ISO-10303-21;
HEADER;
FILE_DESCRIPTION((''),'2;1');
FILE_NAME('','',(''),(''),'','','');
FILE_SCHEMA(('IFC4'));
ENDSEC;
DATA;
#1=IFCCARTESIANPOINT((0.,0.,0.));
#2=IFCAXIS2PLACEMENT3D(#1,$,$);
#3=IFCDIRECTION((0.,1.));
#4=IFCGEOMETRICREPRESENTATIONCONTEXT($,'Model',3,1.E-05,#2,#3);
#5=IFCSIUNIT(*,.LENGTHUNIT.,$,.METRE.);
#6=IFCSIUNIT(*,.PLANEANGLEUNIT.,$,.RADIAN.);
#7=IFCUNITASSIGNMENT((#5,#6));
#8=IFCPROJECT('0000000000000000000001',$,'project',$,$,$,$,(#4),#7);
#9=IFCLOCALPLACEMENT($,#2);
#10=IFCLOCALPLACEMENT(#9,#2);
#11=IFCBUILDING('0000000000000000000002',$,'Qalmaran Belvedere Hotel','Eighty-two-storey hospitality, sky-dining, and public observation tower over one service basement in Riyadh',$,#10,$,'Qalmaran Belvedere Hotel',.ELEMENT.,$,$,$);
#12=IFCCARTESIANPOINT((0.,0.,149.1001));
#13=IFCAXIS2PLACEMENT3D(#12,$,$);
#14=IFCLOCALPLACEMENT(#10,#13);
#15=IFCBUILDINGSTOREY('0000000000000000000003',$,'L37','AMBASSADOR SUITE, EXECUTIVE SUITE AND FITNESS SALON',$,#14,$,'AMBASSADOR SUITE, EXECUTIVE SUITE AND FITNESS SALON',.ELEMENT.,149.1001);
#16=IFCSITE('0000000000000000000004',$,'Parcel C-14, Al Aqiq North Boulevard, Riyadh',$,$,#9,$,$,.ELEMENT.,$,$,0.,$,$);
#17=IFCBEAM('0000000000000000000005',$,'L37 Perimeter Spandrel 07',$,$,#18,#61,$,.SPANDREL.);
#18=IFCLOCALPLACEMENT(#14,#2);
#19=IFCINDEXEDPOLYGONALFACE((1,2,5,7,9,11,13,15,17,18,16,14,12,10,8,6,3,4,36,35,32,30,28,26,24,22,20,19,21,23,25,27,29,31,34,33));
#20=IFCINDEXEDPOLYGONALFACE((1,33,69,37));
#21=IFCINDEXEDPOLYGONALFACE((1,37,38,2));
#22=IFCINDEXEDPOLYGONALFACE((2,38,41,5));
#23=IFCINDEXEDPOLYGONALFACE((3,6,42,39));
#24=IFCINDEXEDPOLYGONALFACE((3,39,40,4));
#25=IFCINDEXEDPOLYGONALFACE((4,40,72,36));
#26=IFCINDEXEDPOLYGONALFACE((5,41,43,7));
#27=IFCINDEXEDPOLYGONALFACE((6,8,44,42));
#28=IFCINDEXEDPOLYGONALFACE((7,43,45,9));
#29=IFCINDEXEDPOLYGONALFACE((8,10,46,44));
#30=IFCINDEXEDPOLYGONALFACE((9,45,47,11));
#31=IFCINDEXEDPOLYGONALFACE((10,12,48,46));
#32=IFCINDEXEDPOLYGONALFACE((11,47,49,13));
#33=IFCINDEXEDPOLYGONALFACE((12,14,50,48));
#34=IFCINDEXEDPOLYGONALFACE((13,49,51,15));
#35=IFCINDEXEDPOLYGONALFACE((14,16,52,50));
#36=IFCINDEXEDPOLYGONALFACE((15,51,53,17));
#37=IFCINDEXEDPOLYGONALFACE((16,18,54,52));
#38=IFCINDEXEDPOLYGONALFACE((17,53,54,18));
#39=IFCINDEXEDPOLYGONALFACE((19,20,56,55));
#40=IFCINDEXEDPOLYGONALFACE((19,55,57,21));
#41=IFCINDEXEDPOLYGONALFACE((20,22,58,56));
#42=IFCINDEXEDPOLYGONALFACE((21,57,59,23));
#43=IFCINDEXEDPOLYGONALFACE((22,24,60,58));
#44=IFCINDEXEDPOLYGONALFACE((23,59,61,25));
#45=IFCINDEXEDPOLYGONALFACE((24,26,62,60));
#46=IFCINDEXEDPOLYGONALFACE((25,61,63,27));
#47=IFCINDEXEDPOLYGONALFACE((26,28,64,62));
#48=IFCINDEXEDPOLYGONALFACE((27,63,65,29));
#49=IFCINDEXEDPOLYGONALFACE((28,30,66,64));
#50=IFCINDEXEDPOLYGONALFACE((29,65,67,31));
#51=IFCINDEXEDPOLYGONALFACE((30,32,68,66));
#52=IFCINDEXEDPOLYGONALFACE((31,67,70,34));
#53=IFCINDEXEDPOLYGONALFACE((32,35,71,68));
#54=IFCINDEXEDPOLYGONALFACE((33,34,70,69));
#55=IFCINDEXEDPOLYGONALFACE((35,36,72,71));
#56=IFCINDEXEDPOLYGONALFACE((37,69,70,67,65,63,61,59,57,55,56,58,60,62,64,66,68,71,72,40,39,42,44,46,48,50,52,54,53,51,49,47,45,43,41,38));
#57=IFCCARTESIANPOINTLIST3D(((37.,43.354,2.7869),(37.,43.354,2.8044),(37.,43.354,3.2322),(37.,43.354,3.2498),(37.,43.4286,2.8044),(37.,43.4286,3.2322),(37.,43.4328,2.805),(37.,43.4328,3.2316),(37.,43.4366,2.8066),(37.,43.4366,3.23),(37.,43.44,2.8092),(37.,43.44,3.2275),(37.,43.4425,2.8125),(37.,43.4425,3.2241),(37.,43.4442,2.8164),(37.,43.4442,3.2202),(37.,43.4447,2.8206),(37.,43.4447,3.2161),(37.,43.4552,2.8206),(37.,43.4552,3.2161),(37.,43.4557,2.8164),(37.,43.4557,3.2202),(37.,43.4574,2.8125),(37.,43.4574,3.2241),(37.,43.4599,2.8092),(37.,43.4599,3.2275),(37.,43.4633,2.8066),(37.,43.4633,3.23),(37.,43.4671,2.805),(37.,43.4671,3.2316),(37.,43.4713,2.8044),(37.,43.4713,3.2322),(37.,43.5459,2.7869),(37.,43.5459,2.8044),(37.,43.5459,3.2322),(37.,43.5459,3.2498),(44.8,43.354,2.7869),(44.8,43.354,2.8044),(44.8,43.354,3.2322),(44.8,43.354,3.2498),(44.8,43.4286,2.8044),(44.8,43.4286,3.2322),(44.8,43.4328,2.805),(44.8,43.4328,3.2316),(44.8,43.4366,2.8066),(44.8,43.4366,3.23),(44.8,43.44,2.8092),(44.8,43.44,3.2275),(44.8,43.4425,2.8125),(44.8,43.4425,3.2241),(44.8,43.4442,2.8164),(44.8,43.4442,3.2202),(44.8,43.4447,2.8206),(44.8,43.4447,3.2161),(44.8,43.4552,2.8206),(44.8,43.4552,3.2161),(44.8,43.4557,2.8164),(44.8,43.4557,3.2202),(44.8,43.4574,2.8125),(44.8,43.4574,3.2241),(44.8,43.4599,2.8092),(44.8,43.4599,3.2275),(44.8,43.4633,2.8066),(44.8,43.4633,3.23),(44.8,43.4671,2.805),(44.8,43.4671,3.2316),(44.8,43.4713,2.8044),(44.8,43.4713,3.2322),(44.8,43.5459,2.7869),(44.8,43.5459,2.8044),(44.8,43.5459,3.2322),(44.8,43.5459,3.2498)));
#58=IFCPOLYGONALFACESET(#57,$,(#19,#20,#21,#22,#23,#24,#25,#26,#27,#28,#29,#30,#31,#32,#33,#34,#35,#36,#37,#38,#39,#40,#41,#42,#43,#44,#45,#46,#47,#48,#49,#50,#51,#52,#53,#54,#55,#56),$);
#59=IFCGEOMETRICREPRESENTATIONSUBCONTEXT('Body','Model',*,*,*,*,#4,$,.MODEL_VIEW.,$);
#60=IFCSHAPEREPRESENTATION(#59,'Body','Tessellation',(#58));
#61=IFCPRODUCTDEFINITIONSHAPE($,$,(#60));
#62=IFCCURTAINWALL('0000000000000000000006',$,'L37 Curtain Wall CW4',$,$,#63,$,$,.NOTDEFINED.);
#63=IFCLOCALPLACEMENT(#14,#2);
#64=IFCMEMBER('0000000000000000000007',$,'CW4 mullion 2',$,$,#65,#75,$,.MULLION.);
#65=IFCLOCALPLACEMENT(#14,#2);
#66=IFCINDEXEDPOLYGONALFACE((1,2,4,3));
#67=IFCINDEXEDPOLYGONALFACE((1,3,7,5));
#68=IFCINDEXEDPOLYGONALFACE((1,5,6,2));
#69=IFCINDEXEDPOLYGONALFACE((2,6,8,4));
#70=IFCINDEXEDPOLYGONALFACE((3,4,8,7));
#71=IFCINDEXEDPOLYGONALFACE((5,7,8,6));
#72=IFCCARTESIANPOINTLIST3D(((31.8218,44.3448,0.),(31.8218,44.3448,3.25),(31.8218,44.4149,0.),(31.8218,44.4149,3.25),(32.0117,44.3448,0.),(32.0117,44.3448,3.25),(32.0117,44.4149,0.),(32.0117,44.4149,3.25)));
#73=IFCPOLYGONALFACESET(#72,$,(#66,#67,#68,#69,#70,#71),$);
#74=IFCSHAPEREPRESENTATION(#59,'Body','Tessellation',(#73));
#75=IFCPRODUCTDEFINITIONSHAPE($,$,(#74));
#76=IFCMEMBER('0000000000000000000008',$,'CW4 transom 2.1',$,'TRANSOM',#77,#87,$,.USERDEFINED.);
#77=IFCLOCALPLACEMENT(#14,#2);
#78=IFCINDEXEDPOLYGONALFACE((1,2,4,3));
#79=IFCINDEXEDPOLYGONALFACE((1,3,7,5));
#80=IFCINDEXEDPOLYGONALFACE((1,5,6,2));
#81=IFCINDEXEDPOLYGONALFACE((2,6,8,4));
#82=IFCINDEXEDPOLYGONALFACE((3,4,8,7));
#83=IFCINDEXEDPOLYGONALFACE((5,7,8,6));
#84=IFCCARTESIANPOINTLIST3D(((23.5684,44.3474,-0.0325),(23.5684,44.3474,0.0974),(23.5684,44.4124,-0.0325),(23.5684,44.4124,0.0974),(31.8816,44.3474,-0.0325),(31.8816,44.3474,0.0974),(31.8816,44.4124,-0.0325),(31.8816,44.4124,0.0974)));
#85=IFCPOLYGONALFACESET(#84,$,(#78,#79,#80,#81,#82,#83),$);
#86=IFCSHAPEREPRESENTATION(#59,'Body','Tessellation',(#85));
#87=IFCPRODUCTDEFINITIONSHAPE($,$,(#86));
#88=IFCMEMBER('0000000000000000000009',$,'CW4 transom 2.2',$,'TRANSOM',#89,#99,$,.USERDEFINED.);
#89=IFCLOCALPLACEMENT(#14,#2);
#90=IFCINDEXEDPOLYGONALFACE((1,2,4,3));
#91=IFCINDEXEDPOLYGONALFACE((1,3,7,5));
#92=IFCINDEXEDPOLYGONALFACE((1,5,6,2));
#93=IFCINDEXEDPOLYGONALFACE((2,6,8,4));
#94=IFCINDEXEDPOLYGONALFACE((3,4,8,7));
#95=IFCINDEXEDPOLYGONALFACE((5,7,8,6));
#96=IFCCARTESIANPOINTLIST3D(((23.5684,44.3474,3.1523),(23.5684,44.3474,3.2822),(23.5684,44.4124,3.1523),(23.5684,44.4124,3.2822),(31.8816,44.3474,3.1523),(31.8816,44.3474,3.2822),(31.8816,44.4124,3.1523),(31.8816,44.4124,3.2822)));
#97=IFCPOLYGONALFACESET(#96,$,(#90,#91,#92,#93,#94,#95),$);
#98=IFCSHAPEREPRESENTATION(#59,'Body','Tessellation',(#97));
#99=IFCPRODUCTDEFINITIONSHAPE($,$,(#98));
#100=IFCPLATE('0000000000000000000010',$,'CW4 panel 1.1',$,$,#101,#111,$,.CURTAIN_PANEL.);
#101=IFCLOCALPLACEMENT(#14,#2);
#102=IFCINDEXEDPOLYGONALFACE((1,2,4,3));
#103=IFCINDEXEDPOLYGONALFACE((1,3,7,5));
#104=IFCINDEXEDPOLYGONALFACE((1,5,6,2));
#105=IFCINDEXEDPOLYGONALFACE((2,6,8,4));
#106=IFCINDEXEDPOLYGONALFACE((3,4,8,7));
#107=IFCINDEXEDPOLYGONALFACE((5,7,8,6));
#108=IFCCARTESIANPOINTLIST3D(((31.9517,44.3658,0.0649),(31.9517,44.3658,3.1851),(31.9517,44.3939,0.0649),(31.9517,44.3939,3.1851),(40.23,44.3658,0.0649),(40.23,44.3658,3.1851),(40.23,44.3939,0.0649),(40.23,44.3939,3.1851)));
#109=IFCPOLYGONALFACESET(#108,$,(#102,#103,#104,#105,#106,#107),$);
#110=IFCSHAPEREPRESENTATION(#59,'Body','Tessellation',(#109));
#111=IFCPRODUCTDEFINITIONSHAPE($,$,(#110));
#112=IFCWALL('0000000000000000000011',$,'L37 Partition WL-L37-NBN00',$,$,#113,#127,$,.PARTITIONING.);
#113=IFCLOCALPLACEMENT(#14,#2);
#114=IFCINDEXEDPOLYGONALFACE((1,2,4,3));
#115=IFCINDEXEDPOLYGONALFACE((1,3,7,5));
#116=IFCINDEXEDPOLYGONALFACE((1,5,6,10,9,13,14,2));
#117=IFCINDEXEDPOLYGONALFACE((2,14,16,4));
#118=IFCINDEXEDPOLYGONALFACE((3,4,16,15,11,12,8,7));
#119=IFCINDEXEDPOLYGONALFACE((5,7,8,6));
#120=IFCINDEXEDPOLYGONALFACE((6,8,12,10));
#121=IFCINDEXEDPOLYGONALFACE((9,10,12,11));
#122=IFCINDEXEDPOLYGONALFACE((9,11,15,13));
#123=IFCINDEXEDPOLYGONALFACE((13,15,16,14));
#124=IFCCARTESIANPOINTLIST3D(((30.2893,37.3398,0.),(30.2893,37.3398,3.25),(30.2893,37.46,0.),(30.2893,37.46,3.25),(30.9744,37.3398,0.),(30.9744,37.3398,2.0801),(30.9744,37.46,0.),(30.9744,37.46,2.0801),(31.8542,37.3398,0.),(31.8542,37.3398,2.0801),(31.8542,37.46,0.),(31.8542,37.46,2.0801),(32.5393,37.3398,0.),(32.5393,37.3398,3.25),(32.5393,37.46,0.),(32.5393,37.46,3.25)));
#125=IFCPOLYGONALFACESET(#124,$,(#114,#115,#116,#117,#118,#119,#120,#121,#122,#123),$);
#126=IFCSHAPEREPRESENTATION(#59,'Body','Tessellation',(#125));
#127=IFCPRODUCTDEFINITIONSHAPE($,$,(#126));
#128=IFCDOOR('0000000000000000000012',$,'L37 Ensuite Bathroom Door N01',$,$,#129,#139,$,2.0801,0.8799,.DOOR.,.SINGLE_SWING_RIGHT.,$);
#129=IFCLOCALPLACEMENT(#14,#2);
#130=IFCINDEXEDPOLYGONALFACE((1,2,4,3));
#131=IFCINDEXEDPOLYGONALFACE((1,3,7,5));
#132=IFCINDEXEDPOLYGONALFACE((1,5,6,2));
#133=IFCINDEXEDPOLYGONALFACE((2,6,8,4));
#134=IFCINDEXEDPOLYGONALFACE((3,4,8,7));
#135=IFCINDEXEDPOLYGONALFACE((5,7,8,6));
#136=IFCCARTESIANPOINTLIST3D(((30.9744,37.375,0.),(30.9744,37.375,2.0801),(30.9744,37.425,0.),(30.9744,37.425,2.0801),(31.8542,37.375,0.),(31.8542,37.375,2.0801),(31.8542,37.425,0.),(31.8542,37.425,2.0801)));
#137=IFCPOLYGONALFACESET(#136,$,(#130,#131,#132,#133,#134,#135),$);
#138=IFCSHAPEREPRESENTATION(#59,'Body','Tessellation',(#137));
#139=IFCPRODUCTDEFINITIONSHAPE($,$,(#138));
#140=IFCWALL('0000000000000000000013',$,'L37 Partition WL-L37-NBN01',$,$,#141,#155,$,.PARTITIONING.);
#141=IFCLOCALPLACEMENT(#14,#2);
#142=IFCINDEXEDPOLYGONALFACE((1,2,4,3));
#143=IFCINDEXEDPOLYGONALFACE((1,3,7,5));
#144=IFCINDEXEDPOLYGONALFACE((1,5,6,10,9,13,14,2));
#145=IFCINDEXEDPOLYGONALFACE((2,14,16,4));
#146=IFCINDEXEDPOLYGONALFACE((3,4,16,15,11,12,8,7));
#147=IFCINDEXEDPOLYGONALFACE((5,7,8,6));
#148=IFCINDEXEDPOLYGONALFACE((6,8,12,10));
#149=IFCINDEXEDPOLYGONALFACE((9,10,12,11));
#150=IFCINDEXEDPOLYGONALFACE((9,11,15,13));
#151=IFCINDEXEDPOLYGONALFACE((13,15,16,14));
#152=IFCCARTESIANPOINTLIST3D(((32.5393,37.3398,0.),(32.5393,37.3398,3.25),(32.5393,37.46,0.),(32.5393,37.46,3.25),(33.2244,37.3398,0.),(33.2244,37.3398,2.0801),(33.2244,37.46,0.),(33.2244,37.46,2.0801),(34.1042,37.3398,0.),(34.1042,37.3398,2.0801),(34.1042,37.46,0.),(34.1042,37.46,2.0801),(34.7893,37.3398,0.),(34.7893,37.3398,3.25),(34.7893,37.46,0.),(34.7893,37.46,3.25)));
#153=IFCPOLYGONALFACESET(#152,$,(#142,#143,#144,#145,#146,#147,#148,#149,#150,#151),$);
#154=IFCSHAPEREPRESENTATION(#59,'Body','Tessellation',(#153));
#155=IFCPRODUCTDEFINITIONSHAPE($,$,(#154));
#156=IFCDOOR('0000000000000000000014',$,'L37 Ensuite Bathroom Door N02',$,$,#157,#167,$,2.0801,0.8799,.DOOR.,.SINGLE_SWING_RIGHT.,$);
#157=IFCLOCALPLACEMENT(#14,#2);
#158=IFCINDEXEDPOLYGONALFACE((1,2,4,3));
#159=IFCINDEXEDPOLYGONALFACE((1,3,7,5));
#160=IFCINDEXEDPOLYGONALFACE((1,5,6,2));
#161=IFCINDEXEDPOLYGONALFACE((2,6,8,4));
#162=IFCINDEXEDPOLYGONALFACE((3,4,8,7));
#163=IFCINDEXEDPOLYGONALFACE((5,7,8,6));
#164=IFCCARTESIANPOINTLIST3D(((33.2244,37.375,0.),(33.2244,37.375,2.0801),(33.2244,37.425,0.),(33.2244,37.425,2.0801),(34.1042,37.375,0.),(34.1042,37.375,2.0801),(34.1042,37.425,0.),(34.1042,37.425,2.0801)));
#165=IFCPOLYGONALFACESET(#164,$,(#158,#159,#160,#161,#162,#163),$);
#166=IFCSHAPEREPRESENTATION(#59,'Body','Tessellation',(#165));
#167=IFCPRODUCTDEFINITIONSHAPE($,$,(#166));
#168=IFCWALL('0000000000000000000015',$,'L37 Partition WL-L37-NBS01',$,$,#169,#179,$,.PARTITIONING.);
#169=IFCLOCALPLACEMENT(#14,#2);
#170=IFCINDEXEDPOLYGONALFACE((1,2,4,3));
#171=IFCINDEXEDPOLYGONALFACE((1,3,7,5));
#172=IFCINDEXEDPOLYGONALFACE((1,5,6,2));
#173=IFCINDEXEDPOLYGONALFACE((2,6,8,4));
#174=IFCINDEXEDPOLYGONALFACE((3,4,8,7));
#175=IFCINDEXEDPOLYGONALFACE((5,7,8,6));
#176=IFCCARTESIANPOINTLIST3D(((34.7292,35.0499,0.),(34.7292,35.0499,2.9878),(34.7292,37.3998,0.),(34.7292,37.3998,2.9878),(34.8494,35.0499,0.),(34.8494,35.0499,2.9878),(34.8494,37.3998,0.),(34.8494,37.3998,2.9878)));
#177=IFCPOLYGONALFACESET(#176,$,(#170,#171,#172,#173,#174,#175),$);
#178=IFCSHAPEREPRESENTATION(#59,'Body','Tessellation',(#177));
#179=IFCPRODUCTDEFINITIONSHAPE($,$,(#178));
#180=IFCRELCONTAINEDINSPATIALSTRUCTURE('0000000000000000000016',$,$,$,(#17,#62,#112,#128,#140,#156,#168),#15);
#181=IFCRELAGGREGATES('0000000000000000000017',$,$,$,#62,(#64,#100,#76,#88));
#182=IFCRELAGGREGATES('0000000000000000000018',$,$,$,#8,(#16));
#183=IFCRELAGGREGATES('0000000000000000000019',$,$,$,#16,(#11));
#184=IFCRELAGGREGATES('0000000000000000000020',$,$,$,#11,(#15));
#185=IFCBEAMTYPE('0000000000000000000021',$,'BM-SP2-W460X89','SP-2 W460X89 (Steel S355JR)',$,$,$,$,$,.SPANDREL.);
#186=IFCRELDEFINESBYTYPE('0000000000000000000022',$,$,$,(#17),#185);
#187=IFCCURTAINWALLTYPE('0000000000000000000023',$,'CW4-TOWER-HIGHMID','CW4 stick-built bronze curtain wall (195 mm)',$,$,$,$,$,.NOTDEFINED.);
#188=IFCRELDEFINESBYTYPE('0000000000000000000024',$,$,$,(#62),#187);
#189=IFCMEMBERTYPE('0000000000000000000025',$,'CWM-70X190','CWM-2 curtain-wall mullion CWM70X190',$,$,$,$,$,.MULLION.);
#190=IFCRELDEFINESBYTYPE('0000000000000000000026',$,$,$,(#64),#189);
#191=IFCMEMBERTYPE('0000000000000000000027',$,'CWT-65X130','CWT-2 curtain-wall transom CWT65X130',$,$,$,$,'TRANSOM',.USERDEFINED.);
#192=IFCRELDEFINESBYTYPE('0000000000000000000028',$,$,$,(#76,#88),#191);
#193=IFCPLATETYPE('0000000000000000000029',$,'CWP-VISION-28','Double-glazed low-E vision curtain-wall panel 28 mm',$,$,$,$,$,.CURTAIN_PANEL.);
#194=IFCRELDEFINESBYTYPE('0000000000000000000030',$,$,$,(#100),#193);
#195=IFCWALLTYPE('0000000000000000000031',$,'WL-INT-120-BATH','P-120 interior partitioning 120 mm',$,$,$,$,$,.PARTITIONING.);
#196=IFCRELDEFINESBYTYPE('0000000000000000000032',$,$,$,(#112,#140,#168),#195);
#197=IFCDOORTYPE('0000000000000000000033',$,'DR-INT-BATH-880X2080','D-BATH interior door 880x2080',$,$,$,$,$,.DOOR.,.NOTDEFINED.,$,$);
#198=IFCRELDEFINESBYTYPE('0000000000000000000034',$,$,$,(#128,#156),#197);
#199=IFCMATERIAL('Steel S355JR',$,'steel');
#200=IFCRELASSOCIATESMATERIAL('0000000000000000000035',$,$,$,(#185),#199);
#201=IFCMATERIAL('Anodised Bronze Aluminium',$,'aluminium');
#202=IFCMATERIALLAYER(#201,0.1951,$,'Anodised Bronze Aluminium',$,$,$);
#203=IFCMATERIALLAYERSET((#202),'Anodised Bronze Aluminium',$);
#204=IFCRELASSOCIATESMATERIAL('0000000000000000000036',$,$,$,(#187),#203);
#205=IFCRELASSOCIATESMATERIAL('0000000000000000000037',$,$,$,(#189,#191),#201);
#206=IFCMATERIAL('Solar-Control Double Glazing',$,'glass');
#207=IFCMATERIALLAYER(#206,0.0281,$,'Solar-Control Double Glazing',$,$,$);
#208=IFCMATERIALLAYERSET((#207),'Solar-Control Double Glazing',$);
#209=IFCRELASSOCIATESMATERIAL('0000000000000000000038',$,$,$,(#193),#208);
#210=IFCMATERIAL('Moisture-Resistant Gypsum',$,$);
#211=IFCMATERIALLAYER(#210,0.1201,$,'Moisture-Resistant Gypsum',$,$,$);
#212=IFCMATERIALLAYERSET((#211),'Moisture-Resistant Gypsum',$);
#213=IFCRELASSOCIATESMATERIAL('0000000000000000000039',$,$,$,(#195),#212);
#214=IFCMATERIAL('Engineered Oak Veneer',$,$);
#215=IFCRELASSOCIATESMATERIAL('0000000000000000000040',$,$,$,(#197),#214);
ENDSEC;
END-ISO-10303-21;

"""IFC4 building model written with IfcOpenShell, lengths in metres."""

from ifc_helpers import new_model, si_unit, direction, frame, frame_2d, origin, origin_2d, place, context, subcontext, project, spatial, rectangle, i_section, extrude, material, layer, layer_set, material_profile, profile_set, type_object, element, fill, aggregate, save


model = new_model("IFC4")

# Units and contexts
model_context = context("Model", 3, precision=1e-05, world=origin(), true_north=direction((0.0, 1.0)))
body_context = subcontext(model_context, "Body", "Model", "MODEL_VIEW")
ifc_project = project(units=[si_unit("LENGTHUNIT", "METRE"), si_unit("PLANEANGLEUNIT", "RADIAN")], contexts=[model_context])

# Site, building, storey
site_placement = place(None, origin())
site = spatial("IfcSite", under=ifc_project, at=site_placement, Name="Parcel C-14, Al Aqiq North Boulevard, Riyadh", CompositionType="ELEMENT", RefElevation=0.0)
building_placement = place(site_placement, origin())
building = spatial("IfcBuilding", under=site, at=building_placement, Name="Qalmaran Belvedere Hotel", Description="Eighty-two-storey hospitality, sky-dining, and public observation tower over one service basement in Riyadh", LongName="Qalmaran Belvedere Hotel", CompositionType="ELEMENT")
storey_placement = place(building_placement, frame((0.0, 0.0, 149.1001)))
storey = spatial("IfcBuildingStorey", under=building, at=storey_placement, Name="L37", Description="AMBASSADOR SUITE, EXECUTIVE SUITE AND FITNESS SALON", LongName="AMBASSADOR SUITE, EXECUTIVE SUITE AND FITNESS SALON", CompositionType="ELEMENT", Elevation=149.1001)

# Beam
ifc_material_1 = material(Name="Steel S355JR", Category="steel")
ifc_material_profile_1 = material_profile(ifc_material_1, i_section(OverallWidth=0.1919, OverallDepth=0.4629, WebThickness=0.0105, FlangeThickness=0.0176, FilletRadius=0.0161, at=origin_2d()), Name="W460X89")
ifc_profile_set_1 = profile_set([ifc_material_profile_1], Name="Steel S355JR")
beam_type_1 = type_object("IfcBeamType", Name="BM-SP2-W460X89", Description="SP-2 W460X89 (Steel S355JR)", PredefinedType="SPANDREL", material=ifc_profile_set_1)
beam_placement = place(storey_placement, frame((37.0, 43.45, 3.0183), z_axis=(1.0, 0.0, 0.0), x_axis=(0.0, 1.0, 0.0)))
element("IfcBeam", 1, at=beam_placement, inside=storey, type_object=beam_type_1, Name="L37 Perimeter Spandrel 07", PredefinedType="SPANDREL", context=body_context, shape_type="SweptSolid", body=[
    extrude(i_section(OverallWidth=0.1919, OverallDepth=0.4629, WebThickness=0.0105, FlangeThickness=0.0176, FilletRadius=0.0161, at=origin_2d()), origin(), (0.0, 0.0, 1.0), 7.8),
])

# Curtain wall, members, plate
ifc_material_2 = material(Name="Anodised Bronze Aluminium", Category="aluminium")
ifc_layer_1 = layer(ifc_material_2, 0.1951, Name="Anodised Bronze Aluminium")
ifc_layer_set_1 = layer_set([ifc_layer_1], Name="Anodised Bronze Aluminium")
curtain_wall_type = type_object("IfcCurtainWallType", Name="CW4-TOWER-HIGHMID", Description="CW4 stick-built bronze curtain wall (195 mm)", PredefinedType="NOTDEFINED", material=ifc_layer_set_1)
curtain_wall_placement = place(storey_placement, origin())
curtain_wall = element("IfcCurtainWall", 2, at=curtain_wall_placement, inside=storey, type_object=curtain_wall_type, Name="L37 Curtain Wall CW4", PredefinedType="NOTDEFINED")
ifc_material_profile_2 = material_profile(ifc_material_2, rectangle(XDim=0.0701, YDim=0.1899, at=origin_2d()), Name="CWM70X190")
ifc_profile_set_2 = profile_set([ifc_material_profile_2], Name="Anodised Bronze Aluminium")
member_type_1 = type_object("IfcMemberType", Name="CWM-70X190", Description="CWM-2 curtain-wall mullion CWM70X190", PredefinedType="MULLION", material=ifc_profile_set_2)
member_1_placement = place(storey_placement, frame((31.9167, 44.3799, 0.0), z_axis=(0.0, 0.0, 1.0), x_axis=(0.0, -1.0, 0.0)))
member_1 = element("IfcMember", 3, at=member_1_placement, type_object=member_type_1, Name="CW4 mullion 2", PredefinedType="MULLION", context=body_context, shape_type="SweptSolid", body=[
    extrude(rectangle(XDim=0.0701, YDim=0.1899, at=origin_2d()), origin(), (0.0, 0.0, 1.0), 3.25),
])
ifc_material_profile_3 = material_profile(ifc_material_2, rectangle(XDim=0.0649, YDim=0.1299, at=origin_2d()), Name="CWT65X130")
ifc_profile_set_3 = profile_set([ifc_material_profile_3], Name="Anodised Bronze Aluminium")
member_type_2 = type_object("IfcMemberType", Name="CWT-65X130", Description="CWT-2 curtain-wall transom CWT65X130", ElementType="TRANSOM", PredefinedType="USERDEFINED", material=ifc_profile_set_3)
member_2_placement = place(storey_placement, frame((31.8816, 44.3799, 0.0325), z_axis=(-1.0, 0.0, 0.0), x_axis=(0.0, -1.0, 0.0)))
member_2 = element("IfcMember", 4, at=member_2_placement, type_object=member_type_2, Name="CW4 transom 2.1", ObjectType="TRANSOM", PredefinedType="USERDEFINED", context=body_context, shape_type="SweptSolid", body=[
    extrude(rectangle(XDim=0.0649, YDim=0.1299, at=origin_2d()), origin(), (0.0, 0.0, 1.0), 8.3132),
])
member_3_placement = place(storey_placement, frame((31.8816, 44.3799, 3.2173), z_axis=(-1.0, 0.0, 0.0), x_axis=(0.0, -1.0, 0.0)))
member_3 = element("IfcMember", 5, at=member_3_placement, type_object=member_type_2, Name="CW4 transom 2.2", ObjectType="TRANSOM", PredefinedType="USERDEFINED", context=body_context, shape_type="SweptSolid", body=[
    extrude(rectangle(XDim=0.0649, YDim=0.1299, at=origin_2d()), origin(), (0.0, 0.0, 1.0), 8.3132),
])
ifc_material_3 = material(Name="Solar-Control Double Glazing", Category="glass")
ifc_layer_2 = layer(ifc_material_3, 0.0281, Name="Solar-Control Double Glazing")
ifc_layer_set_2 = layer_set([ifc_layer_2], Name="Solar-Control Double Glazing")
plate_type = type_object("IfcPlateType", Name="CWP-VISION-28", Description="Double-glazed low-E vision curtain-wall panel 28 mm", PredefinedType="CURTAIN_PANEL", material=ifc_layer_set_2)
plate_placement = place(storey_placement, frame((36.0908, 44.3799, 0.0649), z_axis=(0.0, 0.0, 1.0), x_axis=(-1.0, 0.0, 0.0)))
plate = element("IfcPlate", 6, at=plate_placement, type_object=plate_type, Name="CW4 panel 1.1", PredefinedType="CURTAIN_PANEL", context=body_context, shape_type="SweptSolid", body=[
    extrude(rectangle(XDim=8.2783, YDim=0.0281, at=origin_2d()), origin(), (0.0, 0.0, 1.0), 3.1201),
])
aggregate(curtain_wall, [member_1, plate, member_2, member_3])

# Walls, openings, doors
ifc_material_4 = material(Name="Moisture-Resistant Gypsum")
ifc_layer_3 = layer(ifc_material_4, 0.1201, Name="Moisture-Resistant Gypsum")
ifc_layer_set_3 = layer_set([ifc_layer_3], Name="Moisture-Resistant Gypsum")
wall_type_1 = type_object("IfcWallType", Name="WL-INT-120-BATH", Description="P-120 interior partitioning 120 mm", PredefinedType="PARTITIONING", material=ifc_layer_set_3)
wall_1_placement = place(storey_placement, frame((30.2893, 37.3999, 0.0), z_axis=(0.0, 0.0, 1.0), x_axis=(1.0, 0.0, 0.0)))
wall_1 = element("IfcWall", 7, at=wall_1_placement, inside=storey, type_object=wall_type_1, Name="L37 Partition WL-L37-NBN00", PredefinedType="PARTITIONING", context=body_context, shape_type="SweptSolid", body=[
    extrude(rectangle(XDim=2.25, YDim=0.1201, at=frame_2d((1.125, 0.0))), origin(), (0.0, 0.0, 1.0), 3.25),
])
opening_1_placement = place(wall_1_placement, frame((1.5649, 0.0, 0.0), z_axis=(0.0, 0.0, 1.0), x_axis=(-1.0, 0.0, 0.0)))
opening_1 = element("IfcOpeningElement", 8, at=opening_1_placement, cuts=wall_1, PredefinedType="OPENING", context=body_context, shape_type="SweptSolid", body=[
    extrude(rectangle(XDim=0.8799, YDim=2.0801, at=frame_2d((0.4399, 1.04))), frame((0.0, 0.0701, 0.0), z_axis=(0.0, -1.0, 0.0), x_axis=(1.0, 0.0, 0.0)), (0.0, 0.0, 1.0), 0.1401),
])
ifc_material_5 = material(Name="Engineered Oak Veneer")
door_type_1 = type_object("IfcDoorType", Name="DR-INT-BATH-880X2080", Description="D-BATH interior door 880x2080", OperationType="NOTDEFINED", PredefinedType="DOOR", material=ifc_material_5)
door_1_placement = place(opening_1_placement, origin())
door_1 = element("IfcDoor", 9, at=door_1_placement, inside=storey, type_object=door_type_1, Name="L37 Ensuite Bathroom Door N01", OperationType="SINGLE_SWING_RIGHT", OverallHeight=2.0801, OverallWidth=0.8799, PredefinedType="DOOR", context=body_context, shape_type="SweptSolid", body=[
    extrude(rectangle(XDim=0.8799, YDim=2.0801, at=frame_2d((0.4399, 1.04))), frame((0.0, 0.0249, 0.0), z_axis=(0.0, -1.0, 0.0), x_axis=(1.0, 0.0, 0.0)), (0.0, 0.0, 1.0), 0.05),
])
fill(opening_1, door_1)
wall_2_placement = place(storey_placement, frame((32.5393, 37.3999, 0.0), z_axis=(0.0, 0.0, 1.0), x_axis=(1.0, 0.0, 0.0)))
wall_2 = element("IfcWall", 10, at=wall_2_placement, inside=storey, type_object=wall_type_1, Name="L37 Partition WL-L37-NBN01", PredefinedType="PARTITIONING", context=body_context, shape_type="SweptSolid", body=[
    extrude(rectangle(XDim=2.25, YDim=0.1201, at=frame_2d((1.125, 0.0))), origin(), (0.0, 0.0, 1.0), 3.25),
])
opening_2_placement = place(wall_2_placement, frame((1.5649, 0.0, 0.0), z_axis=(0.0, 0.0, 1.0), x_axis=(-1.0, 0.0, 0.0)))
opening_2 = element("IfcOpeningElement", 11, at=opening_2_placement, cuts=wall_2, PredefinedType="OPENING", context=body_context, shape_type="SweptSolid", body=[
    extrude(rectangle(XDim=0.8799, YDim=2.0801, at=frame_2d((0.4399, 1.04))), frame((0.0, 0.0701, 0.0), z_axis=(0.0, -1.0, 0.0), x_axis=(1.0, 0.0, 0.0)), (0.0, 0.0, 1.0), 0.1401),
])
door_2_placement = place(opening_2_placement, origin())
door_2 = element("IfcDoor", 12, at=door_2_placement, inside=storey, type_object=door_type_1, Name="L37 Ensuite Bathroom Door N02", OperationType="SINGLE_SWING_RIGHT", OverallHeight=2.0801, OverallWidth=0.8799, PredefinedType="DOOR", context=body_context, shape_type="SweptSolid", body=[
    extrude(rectangle(XDim=0.8799, YDim=2.0801, at=frame_2d((0.4399, 1.04))), frame((0.0, 0.0249, 0.0), z_axis=(0.0, -1.0, 0.0), x_axis=(1.0, 0.0, 0.0)), (0.0, 0.0, 1.0), 0.05),
])
fill(opening_2, door_2)

# Wall
wall_3_placement = place(storey_placement, frame((34.7893, 35.05, 0.0), z_axis=(0.0, 0.0, 1.0), x_axis=(0.0, 1.0, 0.0)))
element("IfcWall", 13, at=wall_3_placement, inside=storey, type_object=wall_type_1, Name="L37 Partition WL-L37-NBS01", PredefinedType="PARTITIONING", context=body_context, shape_type="SweptSolid", body=[
    extrude(rectangle(XDim=2.3499, YDim=0.1201, at=frame_2d((1.1748, 0.0))), origin(), (0.0, 0.0, 1.0), 2.9878),
])

save(model, "model.ifc")
